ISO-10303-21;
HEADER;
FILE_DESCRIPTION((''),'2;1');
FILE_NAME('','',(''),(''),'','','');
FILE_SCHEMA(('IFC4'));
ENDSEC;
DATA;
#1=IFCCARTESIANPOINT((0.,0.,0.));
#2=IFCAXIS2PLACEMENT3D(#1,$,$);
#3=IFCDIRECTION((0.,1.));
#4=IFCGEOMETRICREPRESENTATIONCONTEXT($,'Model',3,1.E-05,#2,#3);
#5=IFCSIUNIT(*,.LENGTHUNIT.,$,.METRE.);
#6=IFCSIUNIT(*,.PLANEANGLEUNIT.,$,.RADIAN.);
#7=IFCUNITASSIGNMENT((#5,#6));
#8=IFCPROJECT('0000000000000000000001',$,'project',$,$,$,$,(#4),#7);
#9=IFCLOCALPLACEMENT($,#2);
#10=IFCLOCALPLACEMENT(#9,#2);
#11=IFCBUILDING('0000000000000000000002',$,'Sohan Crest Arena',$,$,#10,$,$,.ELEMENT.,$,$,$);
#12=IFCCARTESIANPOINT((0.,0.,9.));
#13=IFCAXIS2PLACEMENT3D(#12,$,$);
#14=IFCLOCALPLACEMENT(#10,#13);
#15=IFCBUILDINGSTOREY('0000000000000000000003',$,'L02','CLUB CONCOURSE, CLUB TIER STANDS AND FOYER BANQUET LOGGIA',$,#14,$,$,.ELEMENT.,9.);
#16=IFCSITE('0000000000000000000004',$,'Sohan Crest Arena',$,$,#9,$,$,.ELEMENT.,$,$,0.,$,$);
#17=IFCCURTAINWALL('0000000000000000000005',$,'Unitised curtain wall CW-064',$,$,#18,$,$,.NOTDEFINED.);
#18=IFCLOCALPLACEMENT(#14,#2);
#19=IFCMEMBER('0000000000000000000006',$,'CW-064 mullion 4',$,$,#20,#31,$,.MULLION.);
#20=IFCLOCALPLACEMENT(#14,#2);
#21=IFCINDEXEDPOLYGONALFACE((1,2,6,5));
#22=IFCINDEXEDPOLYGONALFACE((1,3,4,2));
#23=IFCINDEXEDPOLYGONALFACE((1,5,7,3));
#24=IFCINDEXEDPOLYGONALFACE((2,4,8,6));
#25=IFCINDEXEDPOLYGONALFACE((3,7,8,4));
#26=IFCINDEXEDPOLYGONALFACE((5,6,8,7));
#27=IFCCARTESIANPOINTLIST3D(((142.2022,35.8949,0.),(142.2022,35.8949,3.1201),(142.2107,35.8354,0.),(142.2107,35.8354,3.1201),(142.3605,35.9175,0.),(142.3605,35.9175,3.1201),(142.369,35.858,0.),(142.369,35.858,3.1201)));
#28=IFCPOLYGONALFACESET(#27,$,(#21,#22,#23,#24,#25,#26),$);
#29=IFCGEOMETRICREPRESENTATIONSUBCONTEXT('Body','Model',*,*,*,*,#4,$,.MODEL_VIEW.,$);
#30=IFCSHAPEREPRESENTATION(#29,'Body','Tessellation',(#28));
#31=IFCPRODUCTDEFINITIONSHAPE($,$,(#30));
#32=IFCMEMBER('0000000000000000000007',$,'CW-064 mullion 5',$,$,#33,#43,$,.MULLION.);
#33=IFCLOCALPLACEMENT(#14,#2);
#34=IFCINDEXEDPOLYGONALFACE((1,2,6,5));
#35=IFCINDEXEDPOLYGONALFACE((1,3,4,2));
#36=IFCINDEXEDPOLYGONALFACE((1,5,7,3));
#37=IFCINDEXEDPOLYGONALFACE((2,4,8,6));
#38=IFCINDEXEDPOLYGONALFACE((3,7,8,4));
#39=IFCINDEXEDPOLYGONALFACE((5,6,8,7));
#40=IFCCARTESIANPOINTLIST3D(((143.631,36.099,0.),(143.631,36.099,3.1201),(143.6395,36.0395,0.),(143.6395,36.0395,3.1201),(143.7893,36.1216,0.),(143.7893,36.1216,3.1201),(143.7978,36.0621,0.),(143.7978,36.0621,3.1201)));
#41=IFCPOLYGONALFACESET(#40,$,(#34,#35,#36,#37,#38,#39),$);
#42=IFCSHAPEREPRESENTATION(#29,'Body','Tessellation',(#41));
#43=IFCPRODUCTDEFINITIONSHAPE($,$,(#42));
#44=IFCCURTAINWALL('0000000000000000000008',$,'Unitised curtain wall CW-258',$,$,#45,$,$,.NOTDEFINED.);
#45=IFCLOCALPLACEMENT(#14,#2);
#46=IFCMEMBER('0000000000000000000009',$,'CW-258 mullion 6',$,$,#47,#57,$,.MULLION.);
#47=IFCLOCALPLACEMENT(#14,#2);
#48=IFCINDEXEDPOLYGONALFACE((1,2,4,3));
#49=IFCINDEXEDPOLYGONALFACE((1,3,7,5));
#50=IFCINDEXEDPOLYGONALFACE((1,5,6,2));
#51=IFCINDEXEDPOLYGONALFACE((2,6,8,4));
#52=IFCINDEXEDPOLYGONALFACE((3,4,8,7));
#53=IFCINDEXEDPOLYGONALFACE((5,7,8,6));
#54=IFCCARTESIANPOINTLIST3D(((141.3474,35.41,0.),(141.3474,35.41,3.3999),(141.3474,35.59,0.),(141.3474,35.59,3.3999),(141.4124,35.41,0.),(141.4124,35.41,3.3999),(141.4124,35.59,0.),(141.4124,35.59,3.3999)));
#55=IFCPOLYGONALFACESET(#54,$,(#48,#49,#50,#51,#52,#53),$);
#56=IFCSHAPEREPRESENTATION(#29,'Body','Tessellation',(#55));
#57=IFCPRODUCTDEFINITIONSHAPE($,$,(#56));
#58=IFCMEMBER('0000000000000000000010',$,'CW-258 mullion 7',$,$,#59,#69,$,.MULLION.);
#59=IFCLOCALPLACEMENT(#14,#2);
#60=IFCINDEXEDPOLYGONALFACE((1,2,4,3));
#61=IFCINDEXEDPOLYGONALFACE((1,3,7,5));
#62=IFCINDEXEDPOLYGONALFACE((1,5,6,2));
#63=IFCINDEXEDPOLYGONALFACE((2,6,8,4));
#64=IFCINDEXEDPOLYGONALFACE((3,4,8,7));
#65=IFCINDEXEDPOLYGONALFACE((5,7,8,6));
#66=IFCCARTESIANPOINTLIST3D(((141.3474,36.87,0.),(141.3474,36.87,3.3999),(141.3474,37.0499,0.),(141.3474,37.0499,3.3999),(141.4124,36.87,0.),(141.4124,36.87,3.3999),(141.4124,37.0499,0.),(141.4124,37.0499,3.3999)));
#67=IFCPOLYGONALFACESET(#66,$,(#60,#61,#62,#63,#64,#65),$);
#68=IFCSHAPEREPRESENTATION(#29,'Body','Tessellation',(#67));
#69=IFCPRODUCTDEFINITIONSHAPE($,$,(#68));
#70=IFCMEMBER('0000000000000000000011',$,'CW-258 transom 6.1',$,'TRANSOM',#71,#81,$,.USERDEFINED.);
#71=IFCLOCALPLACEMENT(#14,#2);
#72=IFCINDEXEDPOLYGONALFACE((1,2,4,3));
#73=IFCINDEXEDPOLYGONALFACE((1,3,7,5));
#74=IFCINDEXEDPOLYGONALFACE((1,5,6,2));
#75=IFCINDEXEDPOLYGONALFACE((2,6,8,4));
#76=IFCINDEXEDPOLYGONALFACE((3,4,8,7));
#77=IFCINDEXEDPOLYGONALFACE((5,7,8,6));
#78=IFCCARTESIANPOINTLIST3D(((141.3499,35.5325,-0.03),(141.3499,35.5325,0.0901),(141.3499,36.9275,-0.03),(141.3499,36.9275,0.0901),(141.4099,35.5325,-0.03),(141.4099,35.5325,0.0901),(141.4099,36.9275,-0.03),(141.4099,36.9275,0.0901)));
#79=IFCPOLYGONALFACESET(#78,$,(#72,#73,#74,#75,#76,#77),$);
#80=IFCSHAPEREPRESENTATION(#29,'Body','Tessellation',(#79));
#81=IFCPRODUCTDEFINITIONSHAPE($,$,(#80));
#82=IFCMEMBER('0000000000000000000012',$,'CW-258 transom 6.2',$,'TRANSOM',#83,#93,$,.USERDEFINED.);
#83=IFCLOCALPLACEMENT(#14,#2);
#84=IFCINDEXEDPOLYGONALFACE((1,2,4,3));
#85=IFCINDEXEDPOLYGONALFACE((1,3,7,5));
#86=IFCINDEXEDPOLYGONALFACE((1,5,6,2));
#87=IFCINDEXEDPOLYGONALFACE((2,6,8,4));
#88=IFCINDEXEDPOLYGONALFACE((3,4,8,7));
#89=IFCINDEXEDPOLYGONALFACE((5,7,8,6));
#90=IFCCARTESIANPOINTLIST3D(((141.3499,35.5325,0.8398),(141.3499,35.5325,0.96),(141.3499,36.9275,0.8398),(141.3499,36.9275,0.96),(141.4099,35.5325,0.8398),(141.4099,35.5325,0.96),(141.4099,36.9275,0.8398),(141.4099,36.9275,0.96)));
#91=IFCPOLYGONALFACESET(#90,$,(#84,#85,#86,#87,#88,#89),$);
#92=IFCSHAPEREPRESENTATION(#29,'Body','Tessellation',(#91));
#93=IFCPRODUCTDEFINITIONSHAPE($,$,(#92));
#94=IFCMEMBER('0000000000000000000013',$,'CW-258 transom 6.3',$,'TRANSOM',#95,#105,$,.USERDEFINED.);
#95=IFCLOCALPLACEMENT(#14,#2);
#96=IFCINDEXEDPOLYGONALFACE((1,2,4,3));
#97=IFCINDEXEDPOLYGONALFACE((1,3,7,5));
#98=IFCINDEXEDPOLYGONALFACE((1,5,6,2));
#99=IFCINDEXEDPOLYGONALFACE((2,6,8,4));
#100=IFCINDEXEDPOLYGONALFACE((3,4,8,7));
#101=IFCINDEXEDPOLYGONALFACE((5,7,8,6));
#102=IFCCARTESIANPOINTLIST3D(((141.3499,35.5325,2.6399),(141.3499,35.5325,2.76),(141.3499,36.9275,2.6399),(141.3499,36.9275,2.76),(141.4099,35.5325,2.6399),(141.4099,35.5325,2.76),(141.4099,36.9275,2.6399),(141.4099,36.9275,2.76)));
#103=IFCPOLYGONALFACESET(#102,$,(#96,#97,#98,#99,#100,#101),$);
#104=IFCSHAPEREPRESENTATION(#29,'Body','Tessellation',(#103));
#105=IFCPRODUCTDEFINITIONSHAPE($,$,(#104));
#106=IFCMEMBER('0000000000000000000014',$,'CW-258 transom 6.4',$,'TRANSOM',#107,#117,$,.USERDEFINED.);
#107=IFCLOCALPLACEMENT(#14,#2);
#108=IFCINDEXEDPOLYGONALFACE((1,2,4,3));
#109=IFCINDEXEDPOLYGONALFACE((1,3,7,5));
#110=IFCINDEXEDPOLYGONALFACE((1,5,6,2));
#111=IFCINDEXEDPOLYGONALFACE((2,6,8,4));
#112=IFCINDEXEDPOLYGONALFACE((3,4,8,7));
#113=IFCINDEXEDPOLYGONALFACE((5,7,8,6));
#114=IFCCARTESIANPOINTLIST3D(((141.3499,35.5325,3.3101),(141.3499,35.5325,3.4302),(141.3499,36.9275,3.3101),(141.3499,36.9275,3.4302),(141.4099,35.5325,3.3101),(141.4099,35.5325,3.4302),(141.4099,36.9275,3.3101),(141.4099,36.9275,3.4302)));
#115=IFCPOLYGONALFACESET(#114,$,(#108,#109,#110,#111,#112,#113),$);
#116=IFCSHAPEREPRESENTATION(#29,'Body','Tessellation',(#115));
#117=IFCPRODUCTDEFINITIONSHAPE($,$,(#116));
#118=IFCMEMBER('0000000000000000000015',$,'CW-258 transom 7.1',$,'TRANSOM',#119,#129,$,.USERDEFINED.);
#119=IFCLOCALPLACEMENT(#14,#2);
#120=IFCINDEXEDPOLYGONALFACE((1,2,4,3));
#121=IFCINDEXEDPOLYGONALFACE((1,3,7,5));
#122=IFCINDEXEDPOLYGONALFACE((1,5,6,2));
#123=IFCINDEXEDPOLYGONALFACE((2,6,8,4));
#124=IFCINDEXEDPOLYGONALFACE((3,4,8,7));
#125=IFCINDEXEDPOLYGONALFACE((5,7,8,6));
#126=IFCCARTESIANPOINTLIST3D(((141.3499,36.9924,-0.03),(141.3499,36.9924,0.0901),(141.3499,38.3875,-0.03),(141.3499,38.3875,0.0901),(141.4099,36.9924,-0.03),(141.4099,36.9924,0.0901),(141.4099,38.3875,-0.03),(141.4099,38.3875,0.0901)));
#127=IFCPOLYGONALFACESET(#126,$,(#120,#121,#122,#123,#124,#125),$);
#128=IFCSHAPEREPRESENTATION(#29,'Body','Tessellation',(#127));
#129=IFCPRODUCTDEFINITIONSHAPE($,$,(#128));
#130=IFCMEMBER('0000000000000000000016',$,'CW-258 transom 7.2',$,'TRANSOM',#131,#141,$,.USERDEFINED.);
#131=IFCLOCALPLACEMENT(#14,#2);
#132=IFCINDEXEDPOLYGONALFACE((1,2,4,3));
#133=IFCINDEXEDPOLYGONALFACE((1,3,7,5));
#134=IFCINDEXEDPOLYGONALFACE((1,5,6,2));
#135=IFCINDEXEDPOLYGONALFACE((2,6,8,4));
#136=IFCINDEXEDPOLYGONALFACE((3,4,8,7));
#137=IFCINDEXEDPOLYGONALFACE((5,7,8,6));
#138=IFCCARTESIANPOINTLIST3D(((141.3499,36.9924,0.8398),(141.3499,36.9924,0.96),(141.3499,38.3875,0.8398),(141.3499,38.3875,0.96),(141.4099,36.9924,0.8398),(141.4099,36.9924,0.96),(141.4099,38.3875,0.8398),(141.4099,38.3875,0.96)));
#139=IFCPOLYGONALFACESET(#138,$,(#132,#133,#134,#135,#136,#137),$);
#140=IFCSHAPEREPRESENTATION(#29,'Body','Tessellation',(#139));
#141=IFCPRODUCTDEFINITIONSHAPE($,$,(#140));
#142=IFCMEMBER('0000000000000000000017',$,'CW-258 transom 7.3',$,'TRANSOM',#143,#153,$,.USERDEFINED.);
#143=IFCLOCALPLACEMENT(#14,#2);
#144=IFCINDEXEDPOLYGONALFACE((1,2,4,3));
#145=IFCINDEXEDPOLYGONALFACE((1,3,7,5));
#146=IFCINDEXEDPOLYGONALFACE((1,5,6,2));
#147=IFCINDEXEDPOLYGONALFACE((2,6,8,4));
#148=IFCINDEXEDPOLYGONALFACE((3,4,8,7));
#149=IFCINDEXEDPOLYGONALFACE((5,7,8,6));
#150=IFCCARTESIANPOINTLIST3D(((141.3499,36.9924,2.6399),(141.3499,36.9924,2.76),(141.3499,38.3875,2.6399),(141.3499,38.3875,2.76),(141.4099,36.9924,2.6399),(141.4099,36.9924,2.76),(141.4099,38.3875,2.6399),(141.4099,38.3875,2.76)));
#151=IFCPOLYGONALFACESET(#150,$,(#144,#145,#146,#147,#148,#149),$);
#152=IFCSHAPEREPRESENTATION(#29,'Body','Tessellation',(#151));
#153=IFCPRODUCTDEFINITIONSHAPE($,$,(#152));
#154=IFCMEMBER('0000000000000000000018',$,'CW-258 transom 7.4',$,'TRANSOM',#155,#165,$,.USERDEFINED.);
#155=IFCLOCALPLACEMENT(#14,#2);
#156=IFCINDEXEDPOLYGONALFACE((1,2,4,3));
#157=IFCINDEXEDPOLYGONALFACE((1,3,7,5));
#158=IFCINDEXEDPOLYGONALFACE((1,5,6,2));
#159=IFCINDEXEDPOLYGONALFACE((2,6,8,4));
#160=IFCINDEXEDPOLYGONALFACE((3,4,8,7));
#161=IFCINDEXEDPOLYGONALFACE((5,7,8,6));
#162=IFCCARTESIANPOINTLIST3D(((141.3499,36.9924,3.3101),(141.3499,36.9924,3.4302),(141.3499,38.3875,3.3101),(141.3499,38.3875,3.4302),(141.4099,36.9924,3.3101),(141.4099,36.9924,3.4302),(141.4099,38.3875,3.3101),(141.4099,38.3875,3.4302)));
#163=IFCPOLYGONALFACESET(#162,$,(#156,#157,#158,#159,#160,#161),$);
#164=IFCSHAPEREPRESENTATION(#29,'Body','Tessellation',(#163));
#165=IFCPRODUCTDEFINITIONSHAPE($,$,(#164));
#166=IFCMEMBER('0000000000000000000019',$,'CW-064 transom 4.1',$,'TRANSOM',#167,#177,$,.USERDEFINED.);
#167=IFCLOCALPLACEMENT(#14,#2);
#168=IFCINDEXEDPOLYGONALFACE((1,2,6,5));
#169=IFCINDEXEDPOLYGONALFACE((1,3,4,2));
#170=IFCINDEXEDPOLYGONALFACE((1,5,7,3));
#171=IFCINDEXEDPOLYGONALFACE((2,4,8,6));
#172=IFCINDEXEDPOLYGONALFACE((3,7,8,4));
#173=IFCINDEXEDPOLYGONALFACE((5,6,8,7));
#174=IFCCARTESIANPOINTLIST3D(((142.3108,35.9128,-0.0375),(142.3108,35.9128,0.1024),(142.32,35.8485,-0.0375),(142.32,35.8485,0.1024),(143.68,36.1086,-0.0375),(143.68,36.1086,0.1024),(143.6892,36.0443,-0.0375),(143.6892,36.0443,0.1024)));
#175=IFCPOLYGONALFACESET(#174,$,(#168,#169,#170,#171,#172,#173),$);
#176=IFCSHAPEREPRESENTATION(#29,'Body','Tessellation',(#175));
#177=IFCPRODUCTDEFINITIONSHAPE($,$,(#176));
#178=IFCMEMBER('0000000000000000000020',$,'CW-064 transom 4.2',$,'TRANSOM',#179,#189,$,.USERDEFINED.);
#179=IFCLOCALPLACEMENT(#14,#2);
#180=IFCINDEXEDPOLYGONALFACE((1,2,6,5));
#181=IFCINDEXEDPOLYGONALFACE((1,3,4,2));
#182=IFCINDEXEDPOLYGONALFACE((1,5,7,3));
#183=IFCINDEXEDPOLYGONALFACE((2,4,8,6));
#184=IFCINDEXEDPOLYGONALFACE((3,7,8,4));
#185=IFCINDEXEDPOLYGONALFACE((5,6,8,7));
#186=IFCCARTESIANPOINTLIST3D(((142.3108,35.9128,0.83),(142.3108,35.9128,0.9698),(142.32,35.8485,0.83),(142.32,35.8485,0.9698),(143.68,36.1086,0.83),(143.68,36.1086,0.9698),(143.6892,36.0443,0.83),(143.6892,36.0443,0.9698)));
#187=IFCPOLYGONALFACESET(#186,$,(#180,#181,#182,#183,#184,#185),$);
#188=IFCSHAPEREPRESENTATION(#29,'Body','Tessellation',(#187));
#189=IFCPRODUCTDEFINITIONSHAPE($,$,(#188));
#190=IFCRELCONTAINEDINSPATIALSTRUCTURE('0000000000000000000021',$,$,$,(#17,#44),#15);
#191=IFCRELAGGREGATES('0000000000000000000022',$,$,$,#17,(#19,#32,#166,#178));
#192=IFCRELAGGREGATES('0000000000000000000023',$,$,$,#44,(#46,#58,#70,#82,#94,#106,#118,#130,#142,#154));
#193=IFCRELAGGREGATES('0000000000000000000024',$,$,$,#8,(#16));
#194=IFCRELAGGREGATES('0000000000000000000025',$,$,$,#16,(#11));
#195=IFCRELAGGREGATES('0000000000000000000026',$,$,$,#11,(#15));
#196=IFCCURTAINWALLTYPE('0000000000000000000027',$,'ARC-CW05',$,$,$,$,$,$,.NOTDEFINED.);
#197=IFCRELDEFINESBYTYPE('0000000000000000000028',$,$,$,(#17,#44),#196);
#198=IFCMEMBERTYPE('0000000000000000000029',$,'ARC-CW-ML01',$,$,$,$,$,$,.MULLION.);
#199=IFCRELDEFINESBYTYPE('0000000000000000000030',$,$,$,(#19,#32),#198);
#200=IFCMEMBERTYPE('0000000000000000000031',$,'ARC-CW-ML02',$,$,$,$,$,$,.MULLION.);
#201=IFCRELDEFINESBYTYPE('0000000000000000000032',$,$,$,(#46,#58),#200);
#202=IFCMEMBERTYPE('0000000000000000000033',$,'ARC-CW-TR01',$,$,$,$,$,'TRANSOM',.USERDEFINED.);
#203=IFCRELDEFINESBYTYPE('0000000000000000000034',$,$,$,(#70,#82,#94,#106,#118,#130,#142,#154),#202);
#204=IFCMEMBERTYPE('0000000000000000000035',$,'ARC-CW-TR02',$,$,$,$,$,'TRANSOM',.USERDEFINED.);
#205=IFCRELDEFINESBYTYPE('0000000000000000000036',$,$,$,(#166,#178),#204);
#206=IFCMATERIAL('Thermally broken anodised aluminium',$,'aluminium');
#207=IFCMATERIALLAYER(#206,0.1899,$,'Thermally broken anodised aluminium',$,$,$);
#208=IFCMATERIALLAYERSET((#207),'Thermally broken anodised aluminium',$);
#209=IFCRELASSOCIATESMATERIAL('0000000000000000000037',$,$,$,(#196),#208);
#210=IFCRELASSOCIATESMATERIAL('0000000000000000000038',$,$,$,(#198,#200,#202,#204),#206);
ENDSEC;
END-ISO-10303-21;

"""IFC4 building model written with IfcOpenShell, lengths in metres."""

from ifc_helpers import new_model, si_unit, direction, frame, origin, origin_2d, place, context, subcontext, project, spatial, rectangle, extrude, material, layer, layer_set, material_profile, profile_set, type_object, element, aggregate, save


model = new_model("IFC4")

# Units and contexts
model_context = context("Model", 3, precision=1e-05, world=origin(), true_north=direction((0.0, 1.0)))
body_context = subcontext(model_context, "Body", "Model", "MODEL_VIEW")
ifc_project = project(units=[si_unit("LENGTHUNIT", "METRE"), si_unit("PLANEANGLEUNIT", "RADIAN")], contexts=[model_context])

# Site, building, storey
site_placement = place(None, origin())
site = spatial("IfcSite", under=ifc_project, at=site_placement, Name="Sohan Crest Arena", CompositionType="ELEMENT", RefElevation=0.0)
building_placement = place(site_placement, origin())
building = spatial("IfcBuilding", under=site, at=building_placement, Name="Sohan Crest Arena", CompositionType="ELEMENT")
storey_placement = place(building_placement, frame((0.0, 0.0, 9.0)))
storey = spatial("IfcBuildingStorey", under=building, at=storey_placement, Name="L02", Description="CLUB CONCOURSE, CLUB TIER STANDS AND FOYER BANQUET LOGGIA", CompositionType="ELEMENT", Elevation=9.0)

# Curtain walls, members
ifc_material_1 = material(Name="Thermally broken anodised aluminium", Category="aluminium")
ifc_layer_1 = layer(ifc_material_1, 0.1899, Name="Thermally broken anodised aluminium")
ifc_layer_set_1 = layer_set([ifc_layer_1], Name="Thermally broken anodised aluminium")
curtain_wall_type = type_object("IfcCurtainWallType", Name="ARC-CW05", PredefinedType="NOTDEFINED", material=ifc_layer_set_1)
curtain_wall_1_placement = place(storey_placement, origin())
curtain_wall_1 = element("IfcCurtainWall", 1, at=curtain_wall_1_placement, inside=storey, type_object=curtain_wall_type, Name="Unitised curtain wall CW-064", PredefinedType="NOTDEFINED")
ifc_material_profile_1 = material_profile(ifc_material_1, rectangle(XDim=0.0601, YDim=0.1599, at=origin_2d()), Name="ALU-MULL 60x160")
ifc_profile_set_1 = profile_set([ifc_material_profile_1], Name="Thermally broken anodised aluminium")
member_type_1 = type_object("IfcMemberType", Name="ARC-CW-ML01", PredefinedType="MULLION", material=ifc_profile_set_1)
member_1_placement = place(storey_placement, frame((142.2856, 35.8765, 0.0), z_axis=(0.0, 0.0, 1.0), x_axis=(-0.141463, 0.989944, 0.0)))
member_1 = element("IfcMember", 2, at=member_1_placement, type_object=member_type_1, Name="CW-064 mullion 4", PredefinedType="MULLION", context=body_context, shape_type="SweptSolid", body=[
    extrude(rectangle(XDim=0.0601, YDim=0.1599, at=origin_2d()), origin(), (0.0, 0.0, 1.0), 3.1201),
])
member_2_placement = place(storey_placement, frame((143.7144, 36.0806, 0.0), z_axis=(0.0, 0.0, 1.0), x_axis=(-0.141463, 0.989944, 0.0)))
member_2 = element("IfcMember", 3, at=member_2_placement, type_object=member_type_1, Name="CW-064 mullion 5", PredefinedType="MULLION", context=body_context, shape_type="SweptSolid", body=[
    extrude(rectangle(XDim=0.0601, YDim=0.1599, at=origin_2d()), origin(), (0.0, 0.0, 1.0), 3.1201),
])
curtain_wall_2_placement = place(storey_placement, origin())
curtain_wall_2 = element("IfcCurtainWall", 4, at=curtain_wall_2_placement, inside=storey, type_object=curtain_wall_type, Name="Unitised curtain wall CW-258", PredefinedType="NOTDEFINED")
ifc_material_profile_2 = material_profile(ifc_material_1, rectangle(XDim=0.0649, YDim=0.1799, at=origin_2d()), Name="ALU-MULL 65x180")
ifc_profile_set_2 = profile_set([ifc_material_profile_2], Name="Thermally broken anodised aluminium")
member_type_2 = type_object("IfcMemberType", Name="ARC-CW-ML02", PredefinedType="MULLION", material=ifc_profile_set_2)
member_3_placement = place(storey_placement, frame((141.3799, 35.5, 0.0), z_axis=(0.0, 0.0, 1.0), x_axis=(-1.0, 0.0, 0.0)))
member_3 = element("IfcMember", 5, at=member_3_placement, type_object=member_type_2, Name="CW-258 mullion 6", PredefinedType="MULLION", context=body_context, shape_type="SweptSolid", body=[
    extrude(rectangle(XDim=0.0649, YDim=0.1799, at=origin_2d()), origin(), (0.0, 0.0, 1.0), 3.3999),
])
member_4_placement = place(storey_placement, frame((141.3799, 36.96, 0.0), z_axis=(0.0, 0.0, 1.0), x_axis=(-1.0, 0.0, 0.0)))
member_4 = element("IfcMember", 6, at=member_4_placement, type_object=member_type_2, Name="CW-258 mullion 7", PredefinedType="MULLION", context=body_context, shape_type="SweptSolid", body=[
    extrude(rectangle(XDim=0.0649, YDim=0.1799, at=origin_2d()), origin(), (0.0, 0.0, 1.0), 3.3999),
])
ifc_material_profile_3 = material_profile(ifc_material_1, rectangle(XDim=0.0601, YDim=0.1201, at=origin_2d()), Name="ALU-TRAN 60x120")
ifc_profile_set_3 = profile_set([ifc_material_profile_3], Name="Thermally broken anodised aluminium")
member_type_3 = type_object("IfcMemberType", Name="ARC-CW-TR01", ElementType="TRANSOM", PredefinedType="USERDEFINED", material=ifc_profile_set_3)
member_5_placement = place(storey_placement, frame((141.3799, 35.5325, 0.03), z_axis=(0.0, 1.0, 0.0), x_axis=(-1.0, 0.0, 0.0)))
member_5 = element("IfcMember", 7, at=member_5_placement, type_object=member_type_3, Name="CW-258 transom 6.1", ObjectType="TRANSOM", PredefinedType="USERDEFINED", context=body_context, shape_type="SweptSolid", body=[
    extrude(rectangle(XDim=0.0601, YDim=0.1201, at=origin_2d()), origin(), (0.0, 0.0, 1.0), 1.395),
])
member_6_placement = place(storey_placement, frame((141.3799, 35.5325, 0.8999), z_axis=(0.0, 1.0, 0.0), x_axis=(-1.0, 0.0, 0.0)))
member_6 = element("IfcMember", 8, at=member_6_placement, type_object=member_type_3, Name="CW-258 transom 6.2", ObjectType="TRANSOM", PredefinedType="USERDEFINED", context=body_context, shape_type="SweptSolid", body=[
    extrude(rectangle(XDim=0.0601, YDim=0.1201, at=origin_2d()), origin(), (0.0, 0.0, 1.0), 1.395),
])
member_7_placement = place(storey_placement, frame((141.3799, 35.5325, 2.7), z_axis=(0.0, 1.0, 0.0), x_axis=(-1.0, 0.0, 0.0)))
member_7 = element("IfcMember", 9, at=member_7_placement, type_object=member_type_3, Name="CW-258 transom 6.3", ObjectType="TRANSOM", PredefinedType="USERDEFINED", context=body_context, shape_type="SweptSolid", body=[
    extrude(rectangle(XDim=0.0601, YDim=0.1201, at=origin_2d()), origin(), (0.0, 0.0, 1.0), 1.395),
])
member_8_placement = place(storey_placement, frame((141.3799, 35.5325, 3.3701), z_axis=(0.0, 1.0, 0.0), x_axis=(-1.0, 0.0, 0.0)))
member_8 = element("IfcMember", 10, at=member_8_placement, type_object=member_type_3, Name="CW-258 transom 6.4", ObjectType="TRANSOM", PredefinedType="USERDEFINED", context=body_context, shape_type="SweptSolid", body=[
    extrude(rectangle(XDim=0.0601, YDim=0.1201, at=origin_2d()), origin(), (0.0, 0.0, 1.0), 1.395),
])
member_9_placement = place(storey_placement, frame((141.3799, 36.9924, 0.03), z_axis=(0.0, 1.0, 0.0), x_axis=(-1.0, 0.0, 0.0)))
member_9 = element("IfcMember", 11, at=member_9_placement, type_object=member_type_3, Name="CW-258 transom 7.1", ObjectType="TRANSOM", PredefinedType="USERDEFINED", context=body_context, shape_type="SweptSolid", body=[
    extrude(rectangle(XDim=0.0601, YDim=0.1201, at=origin_2d()), origin(), (0.0, 0.0, 1.0), 1.395),
])
member_10_placement = place(storey_placement, frame((141.3799, 36.9924, 0.8999), z_axis=(0.0, 1.0, 0.0), x_axis=(-1.0, 0.0, 0.0)))
member_10 = element("IfcMember", 12, at=member_10_placement, type_object=member_type_3, Name="CW-258 transom 7.2", ObjectType="TRANSOM", PredefinedType="USERDEFINED", context=body_context, shape_type="SweptSolid", body=[
    extrude(rectangle(XDim=0.0601, YDim=0.1201, at=origin_2d()), origin(), (0.0, 0.0, 1.0), 1.395),
])
member_11_placement = place(storey_placement, frame((141.3799, 36.9924, 2.7), z_axis=(0.0, 1.0, 0.0), x_axis=(-1.0, 0.0, 0.0)))
member_11 = element("IfcMember", 13, at=member_11_placement, type_object=member_type_3, Name="CW-258 transom 7.3", ObjectType="TRANSOM", PredefinedType="USERDEFINED", context=body_context, shape_type="SweptSolid", body=[
    extrude(rectangle(XDim=0.0601, YDim=0.1201, at=origin_2d()), origin(), (0.0, 0.0, 1.0), 1.395),
])
member_12_placement = place(storey_placement, frame((141.3799, 36.9924, 3.3701), z_axis=(0.0, 1.0, 0.0), x_axis=(-1.0, 0.0, 0.0)))
member_12 = element("IfcMember", 14, at=member_12_placement, type_object=member_type_3, Name="CW-258 transom 7.4", ObjectType="TRANSOM", PredefinedType="USERDEFINED", context=body_context, shape_type="SweptSolid", body=[
    extrude(rectangle(XDim=0.0601, YDim=0.1201, at=origin_2d()), origin(), (0.0, 0.0, 1.0), 1.395),
])

# Members
ifc_material_profile_4 = material_profile(ifc_material_1, rectangle(XDim=0.0649, YDim=0.1399, at=origin_2d()), Name="ALU-TRAN 65x140")
ifc_profile_set_4 = profile_set([ifc_material_profile_4], Name="Thermally broken anodised aluminium")
member_type_4 = type_object("IfcMemberType", Name="ARC-CW-TR02", ElementType="TRANSOM", PredefinedType="USERDEFINED", material=ifc_profile_set_4)
member_13_placement = place(storey_placement, frame((142.3154, 35.8806, 0.0325), z_axis=(0.989928, 0.14157, 0.0), x_axis=(-0.14157, 0.989928, 0.0)))
member_13 = element("IfcMember", 15, at=member_13_placement, type_object=member_type_4, Name="CW-064 transom 4.1", ObjectType="TRANSOM", PredefinedType="USERDEFINED", context=body_context, shape_type="SweptSolid", body=[
    extrude(rectangle(XDim=0.0649, YDim=0.1399, at=origin_2d()), origin(), (0.0, 0.0, 1.0), 1.3831),
])
member_14_placement = place(storey_placement, frame((142.3154, 35.8806, 0.8999), z_axis=(0.989928, 0.14157, 0.0), x_axis=(-0.14157, 0.989928, 0.0)))
member_14 = element("IfcMember", 16, at=member_14_placement, type_object=member_type_4, Name="CW-064 transom 4.2", ObjectType="TRANSOM", PredefinedType="USERDEFINED", context=body_context, shape_type="SweptSolid", body=[
    extrude(rectangle(XDim=0.0649, YDim=0.1399, at=origin_2d()), origin(), (0.0, 0.0, 1.0), 1.3831),
])

aggregate(curtain_wall_1, [member_1, member_2, member_13, member_14])
aggregate(curtain_wall_2, [member_3, member_4, member_5, member_6, member_7, member_8, member_9, member_10, member_11, member_12])

save(model, "model.ifc")
